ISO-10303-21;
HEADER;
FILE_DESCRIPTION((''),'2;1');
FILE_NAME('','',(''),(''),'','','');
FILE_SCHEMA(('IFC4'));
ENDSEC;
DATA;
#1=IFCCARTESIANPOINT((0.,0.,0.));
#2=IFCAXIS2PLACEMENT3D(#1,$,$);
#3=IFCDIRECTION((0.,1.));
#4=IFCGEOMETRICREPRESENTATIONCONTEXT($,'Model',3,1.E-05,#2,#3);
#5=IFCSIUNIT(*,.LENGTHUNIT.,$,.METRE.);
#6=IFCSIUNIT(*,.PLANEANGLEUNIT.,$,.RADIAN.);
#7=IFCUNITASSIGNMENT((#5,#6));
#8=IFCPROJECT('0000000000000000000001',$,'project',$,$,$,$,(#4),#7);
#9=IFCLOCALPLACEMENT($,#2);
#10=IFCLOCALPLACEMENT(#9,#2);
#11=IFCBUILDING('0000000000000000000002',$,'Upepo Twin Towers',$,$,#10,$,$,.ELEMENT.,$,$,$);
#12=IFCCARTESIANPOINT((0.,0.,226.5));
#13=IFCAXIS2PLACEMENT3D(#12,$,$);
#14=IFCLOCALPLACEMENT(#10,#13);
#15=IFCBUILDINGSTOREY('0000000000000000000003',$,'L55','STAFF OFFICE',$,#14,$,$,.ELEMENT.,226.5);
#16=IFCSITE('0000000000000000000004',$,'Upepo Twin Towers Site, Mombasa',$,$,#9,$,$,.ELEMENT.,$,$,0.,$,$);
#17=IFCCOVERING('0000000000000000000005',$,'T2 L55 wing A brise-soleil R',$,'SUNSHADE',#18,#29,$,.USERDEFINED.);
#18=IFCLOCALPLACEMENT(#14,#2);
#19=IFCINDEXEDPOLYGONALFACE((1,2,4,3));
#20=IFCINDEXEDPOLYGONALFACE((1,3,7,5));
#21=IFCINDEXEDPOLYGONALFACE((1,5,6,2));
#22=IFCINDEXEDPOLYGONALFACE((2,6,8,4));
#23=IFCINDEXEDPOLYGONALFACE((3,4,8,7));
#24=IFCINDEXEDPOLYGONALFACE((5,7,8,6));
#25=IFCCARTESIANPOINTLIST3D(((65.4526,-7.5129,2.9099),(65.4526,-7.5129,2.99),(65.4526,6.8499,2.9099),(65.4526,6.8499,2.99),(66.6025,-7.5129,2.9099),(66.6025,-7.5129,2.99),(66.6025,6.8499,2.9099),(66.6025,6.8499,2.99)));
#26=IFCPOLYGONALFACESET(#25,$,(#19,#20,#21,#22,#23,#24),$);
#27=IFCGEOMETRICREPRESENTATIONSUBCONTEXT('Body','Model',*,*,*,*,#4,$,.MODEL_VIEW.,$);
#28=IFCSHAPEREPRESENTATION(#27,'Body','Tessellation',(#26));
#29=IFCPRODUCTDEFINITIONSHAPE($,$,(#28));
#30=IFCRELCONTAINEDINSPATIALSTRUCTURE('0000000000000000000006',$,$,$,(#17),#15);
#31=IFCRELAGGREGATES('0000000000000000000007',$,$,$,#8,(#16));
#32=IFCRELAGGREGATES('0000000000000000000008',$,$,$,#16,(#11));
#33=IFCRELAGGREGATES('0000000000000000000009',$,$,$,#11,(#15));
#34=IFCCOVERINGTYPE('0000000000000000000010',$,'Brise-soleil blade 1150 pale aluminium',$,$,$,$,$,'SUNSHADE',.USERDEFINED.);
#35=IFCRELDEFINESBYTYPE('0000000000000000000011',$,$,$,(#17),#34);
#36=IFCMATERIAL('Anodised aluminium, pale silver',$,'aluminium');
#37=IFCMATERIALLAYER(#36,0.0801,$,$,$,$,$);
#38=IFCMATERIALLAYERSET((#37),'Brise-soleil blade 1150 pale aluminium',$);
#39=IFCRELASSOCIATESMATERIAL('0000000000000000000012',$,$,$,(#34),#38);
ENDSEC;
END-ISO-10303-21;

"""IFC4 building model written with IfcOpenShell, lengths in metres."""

from ifc_helpers import new_model, si_unit, direction, frame, origin, origin_2d, place, context, subcontext, project, spatial, rectangle, extrude, material, layer, layer_set, type_object, element, save


model = new_model("IFC4")

# Units and contexts
model_context = context("Model", 3, precision=1e-05, world=origin(), true_north=direction((0.0, 1.0)))
body_context = subcontext(model_context, "Body", "Model", "MODEL_VIEW")
ifc_project = project(units=[si_unit("LENGTHUNIT", "METRE"), si_unit("PLANEANGLEUNIT", "RADIAN")], contexts=[model_context])

# Site, building, storey
site_placement = place(None, origin())
site = spatial("IfcSite", under=ifc_project, at=site_placement, Name="Upepo Twin Towers Site, Mombasa", CompositionType="ELEMENT", RefElevation=0.0)
building_placement = place(site_placement, origin())
building = spatial("IfcBuilding", under=site, at=building_placement, Name="Upepo Twin Towers", CompositionType="ELEMENT")
storey_placement = place(building_placement, frame((0.0, 0.0, 226.5)))
storey = spatial("IfcBuildingStorey", under=building, at=storey_placement, Name="L55", Description="STAFF OFFICE", CompositionType="ELEMENT", Elevation=226.5)

# Covering
ifc_material_1 = material(Name="Anodised aluminium, pale silver", Category="aluminium")
ifc_layer_1 = layer(ifc_material_1, 0.0801)
ifc_layer_set_1 = layer_set([ifc_layer_1], Name="Brise-soleil blade 1150 pale aluminium")
covering_type = type_object("IfcCoveringType", Name="Brise-soleil blade 1150 pale aluminium", ElementType="SUNSHADE", PredefinedType="USERDEFINED", material=ifc_layer_set_1)
covering_placement = place(storey_placement, frame((66.0276, -0.3315, 2.9099), z_axis=(0.0, 0.0, 1.0), x_axis=(0.0, 1.0, 0.0)))
element("IfcCovering", 1, at=covering_placement, inside=storey, type_object=covering_type, Name="T2 L55 wing A brise-soleil R", ObjectType="SUNSHADE", PredefinedType="USERDEFINED", context=body_context, shape_type="SweptSolid", body=[
    extrude(rectangle(XDim=14.3628, YDim=1.1499, at=origin_2d()), origin(), (0.0, 0.0, 1.0), 0.0801),
])

save(model, "model.ifc")
